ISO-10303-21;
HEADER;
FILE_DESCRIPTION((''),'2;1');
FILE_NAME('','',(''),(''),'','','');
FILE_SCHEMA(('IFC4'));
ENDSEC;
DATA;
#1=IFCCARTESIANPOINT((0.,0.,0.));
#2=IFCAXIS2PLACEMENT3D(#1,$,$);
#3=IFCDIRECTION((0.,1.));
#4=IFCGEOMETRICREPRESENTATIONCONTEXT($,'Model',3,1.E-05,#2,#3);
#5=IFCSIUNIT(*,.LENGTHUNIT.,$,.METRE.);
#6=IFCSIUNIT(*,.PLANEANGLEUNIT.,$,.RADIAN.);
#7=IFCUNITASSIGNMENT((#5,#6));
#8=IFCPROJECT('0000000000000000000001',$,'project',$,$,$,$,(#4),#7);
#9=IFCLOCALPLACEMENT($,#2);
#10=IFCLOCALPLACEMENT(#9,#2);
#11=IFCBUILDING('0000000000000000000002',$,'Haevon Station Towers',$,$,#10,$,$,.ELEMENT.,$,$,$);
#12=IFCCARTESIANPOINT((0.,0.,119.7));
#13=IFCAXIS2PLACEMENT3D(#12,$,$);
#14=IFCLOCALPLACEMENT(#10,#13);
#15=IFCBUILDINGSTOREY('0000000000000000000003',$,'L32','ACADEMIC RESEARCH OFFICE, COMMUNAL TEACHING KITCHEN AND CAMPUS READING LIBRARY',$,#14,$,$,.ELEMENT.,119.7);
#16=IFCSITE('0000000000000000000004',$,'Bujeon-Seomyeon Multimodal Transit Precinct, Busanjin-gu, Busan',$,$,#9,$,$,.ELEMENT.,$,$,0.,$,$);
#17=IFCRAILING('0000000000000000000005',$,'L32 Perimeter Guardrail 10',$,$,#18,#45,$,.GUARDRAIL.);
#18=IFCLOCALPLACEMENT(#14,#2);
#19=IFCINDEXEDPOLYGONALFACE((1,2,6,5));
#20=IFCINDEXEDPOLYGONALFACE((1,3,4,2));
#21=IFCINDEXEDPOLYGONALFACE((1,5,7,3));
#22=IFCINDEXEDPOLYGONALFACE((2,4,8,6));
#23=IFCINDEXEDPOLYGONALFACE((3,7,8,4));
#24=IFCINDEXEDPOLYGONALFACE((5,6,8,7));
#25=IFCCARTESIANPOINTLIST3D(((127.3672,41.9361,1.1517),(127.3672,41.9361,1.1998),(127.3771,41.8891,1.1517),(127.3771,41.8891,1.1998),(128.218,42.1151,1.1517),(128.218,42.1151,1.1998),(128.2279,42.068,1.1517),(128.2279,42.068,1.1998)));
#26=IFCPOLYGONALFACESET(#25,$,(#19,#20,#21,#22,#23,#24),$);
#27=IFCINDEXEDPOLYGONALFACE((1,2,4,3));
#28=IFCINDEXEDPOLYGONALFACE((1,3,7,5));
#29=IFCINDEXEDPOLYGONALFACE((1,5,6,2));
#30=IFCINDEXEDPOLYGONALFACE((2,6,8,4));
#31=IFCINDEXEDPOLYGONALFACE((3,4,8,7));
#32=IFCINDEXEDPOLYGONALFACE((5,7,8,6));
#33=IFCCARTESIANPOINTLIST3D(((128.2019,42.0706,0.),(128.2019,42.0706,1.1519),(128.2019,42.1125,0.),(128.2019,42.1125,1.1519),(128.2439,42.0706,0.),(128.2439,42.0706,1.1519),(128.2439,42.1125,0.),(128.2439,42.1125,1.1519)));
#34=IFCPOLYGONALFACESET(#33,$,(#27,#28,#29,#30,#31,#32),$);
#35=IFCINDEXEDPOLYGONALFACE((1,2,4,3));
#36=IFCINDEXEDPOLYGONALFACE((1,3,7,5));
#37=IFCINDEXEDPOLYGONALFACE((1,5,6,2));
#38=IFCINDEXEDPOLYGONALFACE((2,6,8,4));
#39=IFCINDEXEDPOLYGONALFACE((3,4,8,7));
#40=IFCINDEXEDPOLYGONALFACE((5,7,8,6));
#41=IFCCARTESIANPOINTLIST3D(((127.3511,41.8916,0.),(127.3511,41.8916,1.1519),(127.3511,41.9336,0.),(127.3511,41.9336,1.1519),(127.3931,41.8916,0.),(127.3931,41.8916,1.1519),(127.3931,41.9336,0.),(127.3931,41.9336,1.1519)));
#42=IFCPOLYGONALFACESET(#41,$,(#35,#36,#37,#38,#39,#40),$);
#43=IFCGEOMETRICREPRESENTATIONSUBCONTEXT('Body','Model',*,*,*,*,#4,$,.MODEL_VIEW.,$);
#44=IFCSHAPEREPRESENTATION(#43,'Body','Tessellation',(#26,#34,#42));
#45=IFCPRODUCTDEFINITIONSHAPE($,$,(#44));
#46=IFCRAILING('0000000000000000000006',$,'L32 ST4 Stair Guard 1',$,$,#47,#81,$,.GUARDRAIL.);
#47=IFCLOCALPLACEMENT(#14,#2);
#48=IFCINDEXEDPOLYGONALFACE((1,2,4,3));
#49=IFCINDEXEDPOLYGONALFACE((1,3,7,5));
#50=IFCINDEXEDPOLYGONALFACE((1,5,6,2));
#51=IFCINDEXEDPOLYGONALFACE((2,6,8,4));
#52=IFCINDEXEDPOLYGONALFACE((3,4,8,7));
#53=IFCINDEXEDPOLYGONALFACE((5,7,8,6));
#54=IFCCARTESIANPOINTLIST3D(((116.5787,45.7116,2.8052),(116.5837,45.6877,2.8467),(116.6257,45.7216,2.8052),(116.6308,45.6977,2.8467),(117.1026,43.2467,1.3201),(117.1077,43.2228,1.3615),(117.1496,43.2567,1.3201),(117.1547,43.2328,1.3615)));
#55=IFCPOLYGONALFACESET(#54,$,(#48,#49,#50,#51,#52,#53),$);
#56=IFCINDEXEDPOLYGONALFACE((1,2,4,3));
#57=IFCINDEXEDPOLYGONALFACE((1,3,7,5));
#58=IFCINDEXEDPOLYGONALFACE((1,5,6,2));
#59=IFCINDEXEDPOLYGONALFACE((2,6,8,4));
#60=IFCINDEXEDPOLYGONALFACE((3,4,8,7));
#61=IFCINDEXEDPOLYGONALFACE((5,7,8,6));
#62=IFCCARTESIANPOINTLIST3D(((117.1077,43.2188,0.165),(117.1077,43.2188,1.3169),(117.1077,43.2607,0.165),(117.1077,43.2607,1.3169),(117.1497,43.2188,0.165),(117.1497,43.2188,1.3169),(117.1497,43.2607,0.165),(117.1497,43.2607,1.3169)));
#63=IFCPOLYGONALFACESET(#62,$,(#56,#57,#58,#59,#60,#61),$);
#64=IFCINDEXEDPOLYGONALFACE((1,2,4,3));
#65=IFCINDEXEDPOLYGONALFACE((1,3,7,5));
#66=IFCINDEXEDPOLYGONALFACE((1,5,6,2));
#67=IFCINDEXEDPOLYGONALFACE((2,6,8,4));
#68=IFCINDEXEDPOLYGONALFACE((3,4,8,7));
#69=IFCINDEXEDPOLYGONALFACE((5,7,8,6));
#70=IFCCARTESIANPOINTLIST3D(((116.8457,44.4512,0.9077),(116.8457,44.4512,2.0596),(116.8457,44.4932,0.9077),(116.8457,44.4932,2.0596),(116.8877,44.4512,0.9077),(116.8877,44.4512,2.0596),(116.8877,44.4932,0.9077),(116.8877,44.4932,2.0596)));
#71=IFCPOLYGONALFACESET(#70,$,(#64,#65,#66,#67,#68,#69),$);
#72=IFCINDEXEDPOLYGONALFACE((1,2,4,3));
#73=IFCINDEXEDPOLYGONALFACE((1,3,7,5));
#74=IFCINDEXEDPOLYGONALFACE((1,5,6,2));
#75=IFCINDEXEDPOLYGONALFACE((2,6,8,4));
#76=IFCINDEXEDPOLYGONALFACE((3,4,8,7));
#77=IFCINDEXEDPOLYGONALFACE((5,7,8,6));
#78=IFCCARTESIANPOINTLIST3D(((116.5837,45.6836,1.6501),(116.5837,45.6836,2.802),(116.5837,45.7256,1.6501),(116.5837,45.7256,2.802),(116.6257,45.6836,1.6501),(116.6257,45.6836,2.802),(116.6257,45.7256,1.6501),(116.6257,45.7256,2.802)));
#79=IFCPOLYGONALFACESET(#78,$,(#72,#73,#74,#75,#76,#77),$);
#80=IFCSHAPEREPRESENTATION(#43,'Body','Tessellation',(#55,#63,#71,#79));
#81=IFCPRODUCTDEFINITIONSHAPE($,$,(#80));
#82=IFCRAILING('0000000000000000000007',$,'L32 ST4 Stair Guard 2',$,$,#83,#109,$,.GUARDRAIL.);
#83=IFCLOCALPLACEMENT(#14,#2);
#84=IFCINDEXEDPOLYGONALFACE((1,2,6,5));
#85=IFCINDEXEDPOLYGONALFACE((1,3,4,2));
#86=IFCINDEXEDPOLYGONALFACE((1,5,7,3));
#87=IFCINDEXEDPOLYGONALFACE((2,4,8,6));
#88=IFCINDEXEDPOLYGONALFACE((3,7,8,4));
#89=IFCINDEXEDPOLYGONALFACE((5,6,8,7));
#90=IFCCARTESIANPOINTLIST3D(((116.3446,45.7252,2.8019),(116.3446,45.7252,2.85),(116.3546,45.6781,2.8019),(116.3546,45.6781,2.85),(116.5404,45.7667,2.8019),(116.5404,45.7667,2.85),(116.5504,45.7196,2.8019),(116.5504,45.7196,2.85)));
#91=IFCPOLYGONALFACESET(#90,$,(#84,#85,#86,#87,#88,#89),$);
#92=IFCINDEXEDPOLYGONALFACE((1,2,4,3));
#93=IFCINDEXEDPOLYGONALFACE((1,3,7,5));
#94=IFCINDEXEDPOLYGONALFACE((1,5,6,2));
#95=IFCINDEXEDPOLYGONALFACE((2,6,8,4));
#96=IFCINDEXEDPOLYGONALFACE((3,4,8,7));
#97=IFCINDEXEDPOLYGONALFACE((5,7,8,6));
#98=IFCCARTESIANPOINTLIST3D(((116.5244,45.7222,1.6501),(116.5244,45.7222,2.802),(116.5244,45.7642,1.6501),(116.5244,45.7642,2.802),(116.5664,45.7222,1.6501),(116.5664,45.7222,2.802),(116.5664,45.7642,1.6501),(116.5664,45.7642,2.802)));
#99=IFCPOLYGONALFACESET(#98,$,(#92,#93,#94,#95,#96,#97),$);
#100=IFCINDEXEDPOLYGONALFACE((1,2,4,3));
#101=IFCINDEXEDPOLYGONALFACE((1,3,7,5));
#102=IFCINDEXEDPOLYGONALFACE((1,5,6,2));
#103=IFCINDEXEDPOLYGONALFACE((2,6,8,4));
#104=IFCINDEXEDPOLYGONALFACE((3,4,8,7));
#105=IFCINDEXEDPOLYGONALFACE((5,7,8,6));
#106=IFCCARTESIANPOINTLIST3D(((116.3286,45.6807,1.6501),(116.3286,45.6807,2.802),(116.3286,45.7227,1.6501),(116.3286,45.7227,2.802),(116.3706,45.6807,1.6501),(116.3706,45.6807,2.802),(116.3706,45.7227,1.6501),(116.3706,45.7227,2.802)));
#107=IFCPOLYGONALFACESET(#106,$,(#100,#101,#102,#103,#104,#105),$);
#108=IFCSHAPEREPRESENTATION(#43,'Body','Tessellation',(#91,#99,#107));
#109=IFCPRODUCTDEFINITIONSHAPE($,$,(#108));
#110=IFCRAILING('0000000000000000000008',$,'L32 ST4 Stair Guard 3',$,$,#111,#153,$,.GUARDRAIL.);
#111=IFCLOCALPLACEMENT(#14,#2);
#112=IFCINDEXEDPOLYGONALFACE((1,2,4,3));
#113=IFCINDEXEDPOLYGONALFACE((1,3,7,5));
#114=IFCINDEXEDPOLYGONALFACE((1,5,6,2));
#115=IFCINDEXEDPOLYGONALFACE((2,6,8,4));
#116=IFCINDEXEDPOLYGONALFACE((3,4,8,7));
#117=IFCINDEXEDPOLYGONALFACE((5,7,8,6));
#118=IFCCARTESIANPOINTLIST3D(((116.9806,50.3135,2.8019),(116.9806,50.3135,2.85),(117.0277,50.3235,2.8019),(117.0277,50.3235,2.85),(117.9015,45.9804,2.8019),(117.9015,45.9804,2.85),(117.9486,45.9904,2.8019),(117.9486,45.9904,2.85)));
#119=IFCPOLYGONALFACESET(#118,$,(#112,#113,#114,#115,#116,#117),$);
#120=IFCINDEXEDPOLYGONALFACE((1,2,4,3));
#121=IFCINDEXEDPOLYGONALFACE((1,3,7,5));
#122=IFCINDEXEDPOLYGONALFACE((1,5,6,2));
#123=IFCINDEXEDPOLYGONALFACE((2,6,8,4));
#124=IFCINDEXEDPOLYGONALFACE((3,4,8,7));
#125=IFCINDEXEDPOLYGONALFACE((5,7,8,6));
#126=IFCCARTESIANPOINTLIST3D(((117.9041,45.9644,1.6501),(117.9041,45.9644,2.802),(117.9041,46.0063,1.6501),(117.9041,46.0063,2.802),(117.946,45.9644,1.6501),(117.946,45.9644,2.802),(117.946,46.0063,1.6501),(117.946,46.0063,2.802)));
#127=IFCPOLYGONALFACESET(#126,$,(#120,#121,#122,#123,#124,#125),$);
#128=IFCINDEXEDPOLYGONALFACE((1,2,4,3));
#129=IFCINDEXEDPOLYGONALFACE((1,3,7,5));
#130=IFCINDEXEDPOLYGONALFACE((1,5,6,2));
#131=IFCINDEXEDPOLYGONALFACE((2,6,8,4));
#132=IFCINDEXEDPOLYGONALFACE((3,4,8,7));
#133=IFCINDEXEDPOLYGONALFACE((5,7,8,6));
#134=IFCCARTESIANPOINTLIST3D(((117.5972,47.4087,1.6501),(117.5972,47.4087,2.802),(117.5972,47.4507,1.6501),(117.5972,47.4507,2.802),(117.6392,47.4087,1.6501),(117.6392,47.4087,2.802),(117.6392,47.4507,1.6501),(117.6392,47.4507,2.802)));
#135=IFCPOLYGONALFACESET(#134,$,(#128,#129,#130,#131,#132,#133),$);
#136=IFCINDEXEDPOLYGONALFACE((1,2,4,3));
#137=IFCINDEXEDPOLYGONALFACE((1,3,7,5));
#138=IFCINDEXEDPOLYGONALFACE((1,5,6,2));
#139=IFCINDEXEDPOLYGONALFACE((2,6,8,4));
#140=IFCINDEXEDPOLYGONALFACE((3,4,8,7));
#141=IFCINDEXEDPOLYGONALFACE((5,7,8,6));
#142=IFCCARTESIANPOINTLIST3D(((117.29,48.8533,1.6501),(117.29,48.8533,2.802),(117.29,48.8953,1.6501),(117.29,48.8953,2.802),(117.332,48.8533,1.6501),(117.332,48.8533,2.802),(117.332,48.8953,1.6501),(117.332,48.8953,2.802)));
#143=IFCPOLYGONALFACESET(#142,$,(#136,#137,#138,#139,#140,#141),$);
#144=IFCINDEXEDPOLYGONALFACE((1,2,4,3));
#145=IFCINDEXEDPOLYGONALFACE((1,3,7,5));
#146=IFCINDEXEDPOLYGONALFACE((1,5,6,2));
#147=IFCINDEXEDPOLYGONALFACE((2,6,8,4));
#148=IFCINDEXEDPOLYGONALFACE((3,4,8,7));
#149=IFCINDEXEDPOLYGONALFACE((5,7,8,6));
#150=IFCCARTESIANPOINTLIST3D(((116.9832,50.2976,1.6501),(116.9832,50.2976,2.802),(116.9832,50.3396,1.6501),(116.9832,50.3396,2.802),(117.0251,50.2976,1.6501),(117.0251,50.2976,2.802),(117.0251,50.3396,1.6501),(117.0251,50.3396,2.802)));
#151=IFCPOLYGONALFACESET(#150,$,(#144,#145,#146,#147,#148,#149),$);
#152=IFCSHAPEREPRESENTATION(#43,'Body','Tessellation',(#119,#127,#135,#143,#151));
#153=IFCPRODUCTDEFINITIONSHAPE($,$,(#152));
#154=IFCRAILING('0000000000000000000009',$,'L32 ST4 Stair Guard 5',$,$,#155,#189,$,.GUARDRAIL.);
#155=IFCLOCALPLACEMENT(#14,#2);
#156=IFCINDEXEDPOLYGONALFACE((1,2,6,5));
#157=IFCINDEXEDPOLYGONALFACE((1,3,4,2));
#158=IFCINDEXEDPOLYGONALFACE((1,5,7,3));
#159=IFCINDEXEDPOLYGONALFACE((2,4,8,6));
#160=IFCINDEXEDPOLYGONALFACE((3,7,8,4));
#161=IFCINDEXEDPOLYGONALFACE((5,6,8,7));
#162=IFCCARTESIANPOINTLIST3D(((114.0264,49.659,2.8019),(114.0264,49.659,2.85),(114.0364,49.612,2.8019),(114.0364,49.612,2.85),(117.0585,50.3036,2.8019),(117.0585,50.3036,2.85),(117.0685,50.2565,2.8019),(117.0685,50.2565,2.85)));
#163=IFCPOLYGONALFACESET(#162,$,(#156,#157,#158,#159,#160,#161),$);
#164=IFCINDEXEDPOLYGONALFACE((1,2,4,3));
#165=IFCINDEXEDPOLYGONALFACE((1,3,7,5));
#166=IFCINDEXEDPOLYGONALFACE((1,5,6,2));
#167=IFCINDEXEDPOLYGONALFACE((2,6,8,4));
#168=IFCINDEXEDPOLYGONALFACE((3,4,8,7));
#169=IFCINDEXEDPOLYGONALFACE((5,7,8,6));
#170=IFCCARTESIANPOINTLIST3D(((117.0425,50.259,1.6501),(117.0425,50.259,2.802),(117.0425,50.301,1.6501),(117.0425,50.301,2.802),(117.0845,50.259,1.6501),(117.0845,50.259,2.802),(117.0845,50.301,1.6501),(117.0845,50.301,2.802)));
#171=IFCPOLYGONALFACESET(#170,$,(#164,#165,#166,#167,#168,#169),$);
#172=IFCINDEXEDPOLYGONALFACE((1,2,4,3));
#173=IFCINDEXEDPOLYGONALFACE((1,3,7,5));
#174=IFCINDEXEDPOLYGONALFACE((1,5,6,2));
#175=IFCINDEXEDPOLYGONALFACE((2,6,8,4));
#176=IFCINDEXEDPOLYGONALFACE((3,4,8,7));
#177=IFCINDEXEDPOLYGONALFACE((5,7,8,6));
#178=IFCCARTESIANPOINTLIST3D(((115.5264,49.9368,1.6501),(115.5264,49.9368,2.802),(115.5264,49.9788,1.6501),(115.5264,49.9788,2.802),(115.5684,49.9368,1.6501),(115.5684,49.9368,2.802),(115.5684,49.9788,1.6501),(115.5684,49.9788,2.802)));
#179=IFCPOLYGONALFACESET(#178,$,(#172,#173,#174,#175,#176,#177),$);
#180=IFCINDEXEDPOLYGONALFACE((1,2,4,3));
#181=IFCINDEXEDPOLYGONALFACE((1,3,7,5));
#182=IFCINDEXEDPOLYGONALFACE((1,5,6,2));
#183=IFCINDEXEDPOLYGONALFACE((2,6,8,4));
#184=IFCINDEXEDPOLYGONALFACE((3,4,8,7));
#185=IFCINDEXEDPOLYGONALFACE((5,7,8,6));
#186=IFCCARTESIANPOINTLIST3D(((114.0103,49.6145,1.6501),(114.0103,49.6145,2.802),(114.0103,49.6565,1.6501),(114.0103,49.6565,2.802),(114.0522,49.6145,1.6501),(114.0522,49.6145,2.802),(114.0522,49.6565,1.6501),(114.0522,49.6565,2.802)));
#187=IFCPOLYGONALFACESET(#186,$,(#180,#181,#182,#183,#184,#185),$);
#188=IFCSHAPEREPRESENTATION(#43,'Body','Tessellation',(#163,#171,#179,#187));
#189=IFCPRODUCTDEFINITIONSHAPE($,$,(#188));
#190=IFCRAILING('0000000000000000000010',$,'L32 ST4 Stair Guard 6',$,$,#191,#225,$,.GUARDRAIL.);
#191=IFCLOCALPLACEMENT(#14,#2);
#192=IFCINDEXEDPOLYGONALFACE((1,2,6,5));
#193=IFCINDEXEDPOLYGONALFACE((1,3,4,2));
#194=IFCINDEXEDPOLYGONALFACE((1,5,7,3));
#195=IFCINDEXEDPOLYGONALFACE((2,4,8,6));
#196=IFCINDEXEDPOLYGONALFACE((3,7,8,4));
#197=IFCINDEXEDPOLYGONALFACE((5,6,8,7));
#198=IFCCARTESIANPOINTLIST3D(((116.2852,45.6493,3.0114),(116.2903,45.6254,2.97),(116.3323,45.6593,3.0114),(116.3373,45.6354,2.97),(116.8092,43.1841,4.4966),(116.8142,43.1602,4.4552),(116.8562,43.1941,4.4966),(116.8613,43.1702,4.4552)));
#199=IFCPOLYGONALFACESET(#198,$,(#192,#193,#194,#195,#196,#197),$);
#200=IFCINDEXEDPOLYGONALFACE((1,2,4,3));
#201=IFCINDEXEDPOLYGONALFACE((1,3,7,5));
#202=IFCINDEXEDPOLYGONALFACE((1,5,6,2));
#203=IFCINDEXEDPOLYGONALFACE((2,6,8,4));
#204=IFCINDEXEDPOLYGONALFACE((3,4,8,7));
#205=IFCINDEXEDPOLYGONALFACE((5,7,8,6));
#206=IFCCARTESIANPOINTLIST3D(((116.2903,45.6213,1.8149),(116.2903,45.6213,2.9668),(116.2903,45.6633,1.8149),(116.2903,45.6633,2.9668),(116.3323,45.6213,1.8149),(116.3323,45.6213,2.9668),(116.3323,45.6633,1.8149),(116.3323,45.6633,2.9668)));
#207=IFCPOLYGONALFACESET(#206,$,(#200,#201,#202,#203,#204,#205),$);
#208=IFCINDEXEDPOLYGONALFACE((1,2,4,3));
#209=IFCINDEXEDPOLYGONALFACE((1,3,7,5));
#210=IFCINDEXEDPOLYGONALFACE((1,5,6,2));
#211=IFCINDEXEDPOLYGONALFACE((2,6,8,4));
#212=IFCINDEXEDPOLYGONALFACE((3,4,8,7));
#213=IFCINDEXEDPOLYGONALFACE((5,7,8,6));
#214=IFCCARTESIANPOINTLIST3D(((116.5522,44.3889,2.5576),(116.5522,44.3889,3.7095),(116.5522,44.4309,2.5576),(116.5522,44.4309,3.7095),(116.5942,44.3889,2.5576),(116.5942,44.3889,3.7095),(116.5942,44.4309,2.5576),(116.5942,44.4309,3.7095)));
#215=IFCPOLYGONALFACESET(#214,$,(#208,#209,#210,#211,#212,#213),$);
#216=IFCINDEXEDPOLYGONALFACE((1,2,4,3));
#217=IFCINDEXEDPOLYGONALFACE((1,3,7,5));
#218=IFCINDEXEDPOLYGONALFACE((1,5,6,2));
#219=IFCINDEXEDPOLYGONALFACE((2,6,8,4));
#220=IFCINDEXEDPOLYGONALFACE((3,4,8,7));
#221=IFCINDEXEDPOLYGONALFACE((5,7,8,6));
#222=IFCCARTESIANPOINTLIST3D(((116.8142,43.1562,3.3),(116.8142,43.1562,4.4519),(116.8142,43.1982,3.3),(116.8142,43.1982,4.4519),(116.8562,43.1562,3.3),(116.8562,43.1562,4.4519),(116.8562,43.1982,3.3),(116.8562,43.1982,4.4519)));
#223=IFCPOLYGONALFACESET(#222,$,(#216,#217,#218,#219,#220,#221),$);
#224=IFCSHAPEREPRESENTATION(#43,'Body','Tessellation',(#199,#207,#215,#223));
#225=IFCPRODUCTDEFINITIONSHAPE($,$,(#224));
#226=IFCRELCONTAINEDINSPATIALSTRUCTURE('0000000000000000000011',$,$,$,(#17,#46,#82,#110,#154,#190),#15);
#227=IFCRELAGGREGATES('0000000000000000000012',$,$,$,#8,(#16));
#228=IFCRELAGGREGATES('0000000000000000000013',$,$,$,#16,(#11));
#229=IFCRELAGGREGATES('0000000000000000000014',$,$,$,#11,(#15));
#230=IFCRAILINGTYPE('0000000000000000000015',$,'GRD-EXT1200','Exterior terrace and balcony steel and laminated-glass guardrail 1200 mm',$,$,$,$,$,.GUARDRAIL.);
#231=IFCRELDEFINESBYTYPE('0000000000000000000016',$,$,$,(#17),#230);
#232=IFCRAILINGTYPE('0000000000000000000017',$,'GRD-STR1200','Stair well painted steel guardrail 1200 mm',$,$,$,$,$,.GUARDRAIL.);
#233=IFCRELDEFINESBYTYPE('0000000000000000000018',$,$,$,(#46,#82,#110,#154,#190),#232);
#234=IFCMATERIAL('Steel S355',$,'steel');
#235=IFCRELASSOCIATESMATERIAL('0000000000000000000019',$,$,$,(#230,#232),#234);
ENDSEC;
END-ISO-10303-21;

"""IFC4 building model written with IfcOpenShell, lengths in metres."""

from ifc_helpers import new_model, si_unit, direction, frame, origin, origin_2d, place, context, subcontext, project, spatial, rectangle, extrude, material, type_object, element, save


model = new_model("IFC4")

# Units and contexts
model_context = context("Model", 3, precision=1e-05, world=origin(), true_north=direction((0.0, 1.0)))
body_context = subcontext(model_context, "Body", "Model", "MODEL_VIEW")
ifc_project = project(units=[si_unit("LENGTHUNIT", "METRE"), si_unit("PLANEANGLEUNIT", "RADIAN")], contexts=[model_context])

# Site, building, storey
site_placement = place(None, origin())
site = spatial("IfcSite", under=ifc_project, at=site_placement, Name="Bujeon-Seomyeon Multimodal Transit Precinct, Busanjin-gu, Busan", CompositionType="ELEMENT", RefElevation=0.0)
building_placement = place(site_placement, origin())
building = spatial("IfcBuilding", under=site, at=building_placement, Name="Haevon Station Towers", CompositionType="ELEMENT")
storey_placement = place(building_placement, frame((0.0, 0.0, 119.7)))
storey = spatial("IfcBuildingStorey", under=building, at=storey_placement, Name="L32", Description="ACADEMIC RESEARCH OFFICE, COMMUNAL TEACHING KITCHEN AND CAMPUS READING LIBRARY", CompositionType="ELEMENT", Elevation=119.7)

# Shared definitions
ifc_material_1 = material(Name="Steel S355", Category="steel")

# Railings
railing_type_1 = type_object("IfcRailingType", Name="GRD-EXT1200", Description="Exterior terrace and balcony steel and laminated-glass guardrail 1200 mm", PredefinedType="GUARDRAIL", material=ifc_material_1)
railing_1_placement = place(storey_placement, frame((128.2229, 42.0916, 0.0)))
element("IfcRailing", 1, at=railing_1_placement, inside=storey, type_object=railing_type_1, Name="L32 Perimeter Guardrail 10", PredefinedType="GUARDRAIL", context=body_context, shape_type="SweptSolid", body=[
    extrude(rectangle(XDim=0.0481, YDim=0.0481, at=origin_2d()), frame((0.0, 0.0, 1.1758), z_axis=(-0.978588, -0.205827, 0.0), x_axis=(0.205827, -0.978588, 0.0)), (0.0, 0.0, 1.0), 0.8694),
    extrude(rectangle(XDim=0.042, YDim=0.042, at=origin_2d()), origin(), (0.0, 0.0, 1.0), 1.1519),
    extrude(rectangle(XDim=0.042, YDim=0.042, at=origin_2d()), frame((-0.8508, -0.179, 0.0)), (0.0, 0.0, 1.0), 1.1519),
])
railing_type_2 = type_object("IfcRailingType", Name="GRD-STR1200", Description="Stair well painted steel guardrail 1200 mm", PredefinedType="GUARDRAIL", material=ifc_material_1)
railing_2_placement = place(storey_placement, frame((117.1287, 43.2397, 0.165)))
element("IfcRailing", 2, at=railing_2_placement, inside=storey, type_object=railing_type_2, Name="L32 ST4 Stair Guard 1", PredefinedType="GUARDRAIL", context=body_context, shape_type="SweptSolid", body=[
    extrude(rectangle(XDim=0.0481, YDim=0.0481, at=origin_2d()), frame((0.0, 0.0, 1.1758), z_axis=(-0.179121, 0.842688, 0.507733), x_axis=(-0.978147, -0.207914, 0.0)), (0.0, 0.0, 1.0), 2.925),
    extrude(rectangle(XDim=0.042, YDim=0.042, at=origin_2d()), origin(), (0.0, 0.0, 1.0), 1.1519),
    extrude(rectangle(XDim=0.042, YDim=0.042, at=origin_2d()), frame((-0.262, 1.2324, 0.7427)), (0.0, 0.0, 1.0), 1.1519),
    extrude(rectangle(XDim=0.042, YDim=0.042, at=origin_2d()), frame((-0.5239, 2.4648, 1.4851)), (0.0, 0.0, 1.0), 1.1519),
])
railing_3_placement = place(storey_placement, frame((116.5454, 45.7432, 1.6501)))
element("IfcRailing", 3, at=railing_3_placement, inside=storey, type_object=railing_type_2, Name="L32 ST4 Stair Guard 2", PredefinedType="GUARDRAIL", context=body_context, shape_type="SweptSolid", body=[
    extrude(rectangle(XDim=0.0481, YDim=0.0481, at=origin_2d()), frame((0.0, 0.0, 1.1758), z_axis=(-0.978264, -0.207363, 0.0), x_axis=(0.207363, -0.978264, 0.0)), (0.0, 0.0, 1.0), 0.2002),
    extrude(rectangle(XDim=0.042, YDim=0.042, at=origin_2d()), origin(), (0.0, 0.0, 1.0), 1.1519),
    extrude(rectangle(XDim=0.042, YDim=0.042, at=origin_2d()), frame((-0.1958, -0.0415, 0.0)), (0.0, 0.0, 1.0), 1.1519),
])
railing_4_placement = place(storey_placement, frame((117.925, 45.9854, 1.6501)))
element("IfcRailing", 4, at=railing_4_placement, inside=storey, type_object=railing_type_2, Name="L32 ST4 Stair Guard 3", PredefinedType="GUARDRAIL", context=body_context, shape_type="SweptSolid", body=[
    extrude(rectangle(XDim=0.0481, YDim=0.0481, at=origin_2d()), frame((0.0, 0.0, 1.1758), z_axis=(-0.207877, 0.978155, 0.0), x_axis=(-0.978155, -0.207877, 0.0)), (0.0, 0.0, 1.0), 4.4299),
    extrude(rectangle(XDim=0.042, YDim=0.042, at=origin_2d()), origin(), (0.0, 0.0, 1.0), 1.1519),
    extrude(rectangle(XDim=0.042, YDim=0.042, at=origin_2d()), frame((-0.3069, 1.4443, 0.0)), (0.0, 0.0, 1.0), 1.1519),
    extrude(rectangle(XDim=0.042, YDim=0.042, at=origin_2d()), frame((-0.614, 2.8889, 0.0)), (0.0, 0.0, 1.0), 1.1519),
    extrude(rectangle(XDim=0.042, YDim=0.042, at=origin_2d()), frame((-0.9209, 4.3333, 0.0)), (0.0, 0.0, 1.0), 1.1519),
])
railing_5_placement = place(storey_placement, frame((117.0635, 50.28, 1.6501)))
element("IfcRailing", 5, at=railing_5_placement, inside=storey, type_object=railing_type_2, Name="L32 ST4 Stair Guard 5", PredefinedType="GUARDRAIL", context=body_context, shape_type="SweptSolid", body=[
    extrude(rectangle(XDim=0.0481, YDim=0.0481, at=origin_2d()), frame((0.0, 0.0, 1.1758), z_axis=(-0.978147, -0.207915, 0.0), x_axis=(0.207915, -0.978147, 0.0)), (0.0, 0.0, 1.0), 3.0999),
    extrude(rectangle(XDim=0.042, YDim=0.042, at=origin_2d()), origin(), (0.0, 0.0, 1.0), 1.1519),
    extrude(rectangle(XDim=0.042, YDim=0.042, at=origin_2d()), frame((-1.5161, -0.3223, 0.0)), (0.0, 0.0, 1.0), 1.1519),
    extrude(rectangle(XDim=0.042, YDim=0.042, at=origin_2d()), frame((-3.0322, -0.6445, 0.0)), (0.0, 0.0, 1.0), 1.1519),
])
railing_6_placement = place(storey_placement, frame((116.3113, 45.6423, 1.8149)))
element("IfcRailing", 6, at=railing_6_placement, inside=storey, type_object=railing_type_2, Name="L32 ST4 Stair Guard 6", PredefinedType="GUARDRAIL", context=body_context, shape_type="SweptSolid", body=[
    extrude(rectangle(XDim=0.0481, YDim=0.0481, at=origin_2d()), frame((0.0, 0.0, 1.1758), z_axis=(0.179109, -0.842712, 0.507697), x_axis=(0.978151, 0.207895, 0.0)), (0.0, 0.0, 1.0), 2.9253),
    extrude(rectangle(XDim=0.042, YDim=0.042, at=origin_2d()), origin(), (0.0, 0.0, 1.0), 1.1519),
    extrude(rectangle(XDim=0.042, YDim=0.042, at=origin_2d()), frame((0.262, -1.2324, 0.7427)), (0.0, 0.0, 1.0), 1.1519),
    extrude(rectangle(XDim=0.042, YDim=0.042, at=origin_2d()), frame((0.5239, -2.4651, 1.4851)), (0.0, 0.0, 1.0), 1.1519),
])

save(model, "model.ifc")
